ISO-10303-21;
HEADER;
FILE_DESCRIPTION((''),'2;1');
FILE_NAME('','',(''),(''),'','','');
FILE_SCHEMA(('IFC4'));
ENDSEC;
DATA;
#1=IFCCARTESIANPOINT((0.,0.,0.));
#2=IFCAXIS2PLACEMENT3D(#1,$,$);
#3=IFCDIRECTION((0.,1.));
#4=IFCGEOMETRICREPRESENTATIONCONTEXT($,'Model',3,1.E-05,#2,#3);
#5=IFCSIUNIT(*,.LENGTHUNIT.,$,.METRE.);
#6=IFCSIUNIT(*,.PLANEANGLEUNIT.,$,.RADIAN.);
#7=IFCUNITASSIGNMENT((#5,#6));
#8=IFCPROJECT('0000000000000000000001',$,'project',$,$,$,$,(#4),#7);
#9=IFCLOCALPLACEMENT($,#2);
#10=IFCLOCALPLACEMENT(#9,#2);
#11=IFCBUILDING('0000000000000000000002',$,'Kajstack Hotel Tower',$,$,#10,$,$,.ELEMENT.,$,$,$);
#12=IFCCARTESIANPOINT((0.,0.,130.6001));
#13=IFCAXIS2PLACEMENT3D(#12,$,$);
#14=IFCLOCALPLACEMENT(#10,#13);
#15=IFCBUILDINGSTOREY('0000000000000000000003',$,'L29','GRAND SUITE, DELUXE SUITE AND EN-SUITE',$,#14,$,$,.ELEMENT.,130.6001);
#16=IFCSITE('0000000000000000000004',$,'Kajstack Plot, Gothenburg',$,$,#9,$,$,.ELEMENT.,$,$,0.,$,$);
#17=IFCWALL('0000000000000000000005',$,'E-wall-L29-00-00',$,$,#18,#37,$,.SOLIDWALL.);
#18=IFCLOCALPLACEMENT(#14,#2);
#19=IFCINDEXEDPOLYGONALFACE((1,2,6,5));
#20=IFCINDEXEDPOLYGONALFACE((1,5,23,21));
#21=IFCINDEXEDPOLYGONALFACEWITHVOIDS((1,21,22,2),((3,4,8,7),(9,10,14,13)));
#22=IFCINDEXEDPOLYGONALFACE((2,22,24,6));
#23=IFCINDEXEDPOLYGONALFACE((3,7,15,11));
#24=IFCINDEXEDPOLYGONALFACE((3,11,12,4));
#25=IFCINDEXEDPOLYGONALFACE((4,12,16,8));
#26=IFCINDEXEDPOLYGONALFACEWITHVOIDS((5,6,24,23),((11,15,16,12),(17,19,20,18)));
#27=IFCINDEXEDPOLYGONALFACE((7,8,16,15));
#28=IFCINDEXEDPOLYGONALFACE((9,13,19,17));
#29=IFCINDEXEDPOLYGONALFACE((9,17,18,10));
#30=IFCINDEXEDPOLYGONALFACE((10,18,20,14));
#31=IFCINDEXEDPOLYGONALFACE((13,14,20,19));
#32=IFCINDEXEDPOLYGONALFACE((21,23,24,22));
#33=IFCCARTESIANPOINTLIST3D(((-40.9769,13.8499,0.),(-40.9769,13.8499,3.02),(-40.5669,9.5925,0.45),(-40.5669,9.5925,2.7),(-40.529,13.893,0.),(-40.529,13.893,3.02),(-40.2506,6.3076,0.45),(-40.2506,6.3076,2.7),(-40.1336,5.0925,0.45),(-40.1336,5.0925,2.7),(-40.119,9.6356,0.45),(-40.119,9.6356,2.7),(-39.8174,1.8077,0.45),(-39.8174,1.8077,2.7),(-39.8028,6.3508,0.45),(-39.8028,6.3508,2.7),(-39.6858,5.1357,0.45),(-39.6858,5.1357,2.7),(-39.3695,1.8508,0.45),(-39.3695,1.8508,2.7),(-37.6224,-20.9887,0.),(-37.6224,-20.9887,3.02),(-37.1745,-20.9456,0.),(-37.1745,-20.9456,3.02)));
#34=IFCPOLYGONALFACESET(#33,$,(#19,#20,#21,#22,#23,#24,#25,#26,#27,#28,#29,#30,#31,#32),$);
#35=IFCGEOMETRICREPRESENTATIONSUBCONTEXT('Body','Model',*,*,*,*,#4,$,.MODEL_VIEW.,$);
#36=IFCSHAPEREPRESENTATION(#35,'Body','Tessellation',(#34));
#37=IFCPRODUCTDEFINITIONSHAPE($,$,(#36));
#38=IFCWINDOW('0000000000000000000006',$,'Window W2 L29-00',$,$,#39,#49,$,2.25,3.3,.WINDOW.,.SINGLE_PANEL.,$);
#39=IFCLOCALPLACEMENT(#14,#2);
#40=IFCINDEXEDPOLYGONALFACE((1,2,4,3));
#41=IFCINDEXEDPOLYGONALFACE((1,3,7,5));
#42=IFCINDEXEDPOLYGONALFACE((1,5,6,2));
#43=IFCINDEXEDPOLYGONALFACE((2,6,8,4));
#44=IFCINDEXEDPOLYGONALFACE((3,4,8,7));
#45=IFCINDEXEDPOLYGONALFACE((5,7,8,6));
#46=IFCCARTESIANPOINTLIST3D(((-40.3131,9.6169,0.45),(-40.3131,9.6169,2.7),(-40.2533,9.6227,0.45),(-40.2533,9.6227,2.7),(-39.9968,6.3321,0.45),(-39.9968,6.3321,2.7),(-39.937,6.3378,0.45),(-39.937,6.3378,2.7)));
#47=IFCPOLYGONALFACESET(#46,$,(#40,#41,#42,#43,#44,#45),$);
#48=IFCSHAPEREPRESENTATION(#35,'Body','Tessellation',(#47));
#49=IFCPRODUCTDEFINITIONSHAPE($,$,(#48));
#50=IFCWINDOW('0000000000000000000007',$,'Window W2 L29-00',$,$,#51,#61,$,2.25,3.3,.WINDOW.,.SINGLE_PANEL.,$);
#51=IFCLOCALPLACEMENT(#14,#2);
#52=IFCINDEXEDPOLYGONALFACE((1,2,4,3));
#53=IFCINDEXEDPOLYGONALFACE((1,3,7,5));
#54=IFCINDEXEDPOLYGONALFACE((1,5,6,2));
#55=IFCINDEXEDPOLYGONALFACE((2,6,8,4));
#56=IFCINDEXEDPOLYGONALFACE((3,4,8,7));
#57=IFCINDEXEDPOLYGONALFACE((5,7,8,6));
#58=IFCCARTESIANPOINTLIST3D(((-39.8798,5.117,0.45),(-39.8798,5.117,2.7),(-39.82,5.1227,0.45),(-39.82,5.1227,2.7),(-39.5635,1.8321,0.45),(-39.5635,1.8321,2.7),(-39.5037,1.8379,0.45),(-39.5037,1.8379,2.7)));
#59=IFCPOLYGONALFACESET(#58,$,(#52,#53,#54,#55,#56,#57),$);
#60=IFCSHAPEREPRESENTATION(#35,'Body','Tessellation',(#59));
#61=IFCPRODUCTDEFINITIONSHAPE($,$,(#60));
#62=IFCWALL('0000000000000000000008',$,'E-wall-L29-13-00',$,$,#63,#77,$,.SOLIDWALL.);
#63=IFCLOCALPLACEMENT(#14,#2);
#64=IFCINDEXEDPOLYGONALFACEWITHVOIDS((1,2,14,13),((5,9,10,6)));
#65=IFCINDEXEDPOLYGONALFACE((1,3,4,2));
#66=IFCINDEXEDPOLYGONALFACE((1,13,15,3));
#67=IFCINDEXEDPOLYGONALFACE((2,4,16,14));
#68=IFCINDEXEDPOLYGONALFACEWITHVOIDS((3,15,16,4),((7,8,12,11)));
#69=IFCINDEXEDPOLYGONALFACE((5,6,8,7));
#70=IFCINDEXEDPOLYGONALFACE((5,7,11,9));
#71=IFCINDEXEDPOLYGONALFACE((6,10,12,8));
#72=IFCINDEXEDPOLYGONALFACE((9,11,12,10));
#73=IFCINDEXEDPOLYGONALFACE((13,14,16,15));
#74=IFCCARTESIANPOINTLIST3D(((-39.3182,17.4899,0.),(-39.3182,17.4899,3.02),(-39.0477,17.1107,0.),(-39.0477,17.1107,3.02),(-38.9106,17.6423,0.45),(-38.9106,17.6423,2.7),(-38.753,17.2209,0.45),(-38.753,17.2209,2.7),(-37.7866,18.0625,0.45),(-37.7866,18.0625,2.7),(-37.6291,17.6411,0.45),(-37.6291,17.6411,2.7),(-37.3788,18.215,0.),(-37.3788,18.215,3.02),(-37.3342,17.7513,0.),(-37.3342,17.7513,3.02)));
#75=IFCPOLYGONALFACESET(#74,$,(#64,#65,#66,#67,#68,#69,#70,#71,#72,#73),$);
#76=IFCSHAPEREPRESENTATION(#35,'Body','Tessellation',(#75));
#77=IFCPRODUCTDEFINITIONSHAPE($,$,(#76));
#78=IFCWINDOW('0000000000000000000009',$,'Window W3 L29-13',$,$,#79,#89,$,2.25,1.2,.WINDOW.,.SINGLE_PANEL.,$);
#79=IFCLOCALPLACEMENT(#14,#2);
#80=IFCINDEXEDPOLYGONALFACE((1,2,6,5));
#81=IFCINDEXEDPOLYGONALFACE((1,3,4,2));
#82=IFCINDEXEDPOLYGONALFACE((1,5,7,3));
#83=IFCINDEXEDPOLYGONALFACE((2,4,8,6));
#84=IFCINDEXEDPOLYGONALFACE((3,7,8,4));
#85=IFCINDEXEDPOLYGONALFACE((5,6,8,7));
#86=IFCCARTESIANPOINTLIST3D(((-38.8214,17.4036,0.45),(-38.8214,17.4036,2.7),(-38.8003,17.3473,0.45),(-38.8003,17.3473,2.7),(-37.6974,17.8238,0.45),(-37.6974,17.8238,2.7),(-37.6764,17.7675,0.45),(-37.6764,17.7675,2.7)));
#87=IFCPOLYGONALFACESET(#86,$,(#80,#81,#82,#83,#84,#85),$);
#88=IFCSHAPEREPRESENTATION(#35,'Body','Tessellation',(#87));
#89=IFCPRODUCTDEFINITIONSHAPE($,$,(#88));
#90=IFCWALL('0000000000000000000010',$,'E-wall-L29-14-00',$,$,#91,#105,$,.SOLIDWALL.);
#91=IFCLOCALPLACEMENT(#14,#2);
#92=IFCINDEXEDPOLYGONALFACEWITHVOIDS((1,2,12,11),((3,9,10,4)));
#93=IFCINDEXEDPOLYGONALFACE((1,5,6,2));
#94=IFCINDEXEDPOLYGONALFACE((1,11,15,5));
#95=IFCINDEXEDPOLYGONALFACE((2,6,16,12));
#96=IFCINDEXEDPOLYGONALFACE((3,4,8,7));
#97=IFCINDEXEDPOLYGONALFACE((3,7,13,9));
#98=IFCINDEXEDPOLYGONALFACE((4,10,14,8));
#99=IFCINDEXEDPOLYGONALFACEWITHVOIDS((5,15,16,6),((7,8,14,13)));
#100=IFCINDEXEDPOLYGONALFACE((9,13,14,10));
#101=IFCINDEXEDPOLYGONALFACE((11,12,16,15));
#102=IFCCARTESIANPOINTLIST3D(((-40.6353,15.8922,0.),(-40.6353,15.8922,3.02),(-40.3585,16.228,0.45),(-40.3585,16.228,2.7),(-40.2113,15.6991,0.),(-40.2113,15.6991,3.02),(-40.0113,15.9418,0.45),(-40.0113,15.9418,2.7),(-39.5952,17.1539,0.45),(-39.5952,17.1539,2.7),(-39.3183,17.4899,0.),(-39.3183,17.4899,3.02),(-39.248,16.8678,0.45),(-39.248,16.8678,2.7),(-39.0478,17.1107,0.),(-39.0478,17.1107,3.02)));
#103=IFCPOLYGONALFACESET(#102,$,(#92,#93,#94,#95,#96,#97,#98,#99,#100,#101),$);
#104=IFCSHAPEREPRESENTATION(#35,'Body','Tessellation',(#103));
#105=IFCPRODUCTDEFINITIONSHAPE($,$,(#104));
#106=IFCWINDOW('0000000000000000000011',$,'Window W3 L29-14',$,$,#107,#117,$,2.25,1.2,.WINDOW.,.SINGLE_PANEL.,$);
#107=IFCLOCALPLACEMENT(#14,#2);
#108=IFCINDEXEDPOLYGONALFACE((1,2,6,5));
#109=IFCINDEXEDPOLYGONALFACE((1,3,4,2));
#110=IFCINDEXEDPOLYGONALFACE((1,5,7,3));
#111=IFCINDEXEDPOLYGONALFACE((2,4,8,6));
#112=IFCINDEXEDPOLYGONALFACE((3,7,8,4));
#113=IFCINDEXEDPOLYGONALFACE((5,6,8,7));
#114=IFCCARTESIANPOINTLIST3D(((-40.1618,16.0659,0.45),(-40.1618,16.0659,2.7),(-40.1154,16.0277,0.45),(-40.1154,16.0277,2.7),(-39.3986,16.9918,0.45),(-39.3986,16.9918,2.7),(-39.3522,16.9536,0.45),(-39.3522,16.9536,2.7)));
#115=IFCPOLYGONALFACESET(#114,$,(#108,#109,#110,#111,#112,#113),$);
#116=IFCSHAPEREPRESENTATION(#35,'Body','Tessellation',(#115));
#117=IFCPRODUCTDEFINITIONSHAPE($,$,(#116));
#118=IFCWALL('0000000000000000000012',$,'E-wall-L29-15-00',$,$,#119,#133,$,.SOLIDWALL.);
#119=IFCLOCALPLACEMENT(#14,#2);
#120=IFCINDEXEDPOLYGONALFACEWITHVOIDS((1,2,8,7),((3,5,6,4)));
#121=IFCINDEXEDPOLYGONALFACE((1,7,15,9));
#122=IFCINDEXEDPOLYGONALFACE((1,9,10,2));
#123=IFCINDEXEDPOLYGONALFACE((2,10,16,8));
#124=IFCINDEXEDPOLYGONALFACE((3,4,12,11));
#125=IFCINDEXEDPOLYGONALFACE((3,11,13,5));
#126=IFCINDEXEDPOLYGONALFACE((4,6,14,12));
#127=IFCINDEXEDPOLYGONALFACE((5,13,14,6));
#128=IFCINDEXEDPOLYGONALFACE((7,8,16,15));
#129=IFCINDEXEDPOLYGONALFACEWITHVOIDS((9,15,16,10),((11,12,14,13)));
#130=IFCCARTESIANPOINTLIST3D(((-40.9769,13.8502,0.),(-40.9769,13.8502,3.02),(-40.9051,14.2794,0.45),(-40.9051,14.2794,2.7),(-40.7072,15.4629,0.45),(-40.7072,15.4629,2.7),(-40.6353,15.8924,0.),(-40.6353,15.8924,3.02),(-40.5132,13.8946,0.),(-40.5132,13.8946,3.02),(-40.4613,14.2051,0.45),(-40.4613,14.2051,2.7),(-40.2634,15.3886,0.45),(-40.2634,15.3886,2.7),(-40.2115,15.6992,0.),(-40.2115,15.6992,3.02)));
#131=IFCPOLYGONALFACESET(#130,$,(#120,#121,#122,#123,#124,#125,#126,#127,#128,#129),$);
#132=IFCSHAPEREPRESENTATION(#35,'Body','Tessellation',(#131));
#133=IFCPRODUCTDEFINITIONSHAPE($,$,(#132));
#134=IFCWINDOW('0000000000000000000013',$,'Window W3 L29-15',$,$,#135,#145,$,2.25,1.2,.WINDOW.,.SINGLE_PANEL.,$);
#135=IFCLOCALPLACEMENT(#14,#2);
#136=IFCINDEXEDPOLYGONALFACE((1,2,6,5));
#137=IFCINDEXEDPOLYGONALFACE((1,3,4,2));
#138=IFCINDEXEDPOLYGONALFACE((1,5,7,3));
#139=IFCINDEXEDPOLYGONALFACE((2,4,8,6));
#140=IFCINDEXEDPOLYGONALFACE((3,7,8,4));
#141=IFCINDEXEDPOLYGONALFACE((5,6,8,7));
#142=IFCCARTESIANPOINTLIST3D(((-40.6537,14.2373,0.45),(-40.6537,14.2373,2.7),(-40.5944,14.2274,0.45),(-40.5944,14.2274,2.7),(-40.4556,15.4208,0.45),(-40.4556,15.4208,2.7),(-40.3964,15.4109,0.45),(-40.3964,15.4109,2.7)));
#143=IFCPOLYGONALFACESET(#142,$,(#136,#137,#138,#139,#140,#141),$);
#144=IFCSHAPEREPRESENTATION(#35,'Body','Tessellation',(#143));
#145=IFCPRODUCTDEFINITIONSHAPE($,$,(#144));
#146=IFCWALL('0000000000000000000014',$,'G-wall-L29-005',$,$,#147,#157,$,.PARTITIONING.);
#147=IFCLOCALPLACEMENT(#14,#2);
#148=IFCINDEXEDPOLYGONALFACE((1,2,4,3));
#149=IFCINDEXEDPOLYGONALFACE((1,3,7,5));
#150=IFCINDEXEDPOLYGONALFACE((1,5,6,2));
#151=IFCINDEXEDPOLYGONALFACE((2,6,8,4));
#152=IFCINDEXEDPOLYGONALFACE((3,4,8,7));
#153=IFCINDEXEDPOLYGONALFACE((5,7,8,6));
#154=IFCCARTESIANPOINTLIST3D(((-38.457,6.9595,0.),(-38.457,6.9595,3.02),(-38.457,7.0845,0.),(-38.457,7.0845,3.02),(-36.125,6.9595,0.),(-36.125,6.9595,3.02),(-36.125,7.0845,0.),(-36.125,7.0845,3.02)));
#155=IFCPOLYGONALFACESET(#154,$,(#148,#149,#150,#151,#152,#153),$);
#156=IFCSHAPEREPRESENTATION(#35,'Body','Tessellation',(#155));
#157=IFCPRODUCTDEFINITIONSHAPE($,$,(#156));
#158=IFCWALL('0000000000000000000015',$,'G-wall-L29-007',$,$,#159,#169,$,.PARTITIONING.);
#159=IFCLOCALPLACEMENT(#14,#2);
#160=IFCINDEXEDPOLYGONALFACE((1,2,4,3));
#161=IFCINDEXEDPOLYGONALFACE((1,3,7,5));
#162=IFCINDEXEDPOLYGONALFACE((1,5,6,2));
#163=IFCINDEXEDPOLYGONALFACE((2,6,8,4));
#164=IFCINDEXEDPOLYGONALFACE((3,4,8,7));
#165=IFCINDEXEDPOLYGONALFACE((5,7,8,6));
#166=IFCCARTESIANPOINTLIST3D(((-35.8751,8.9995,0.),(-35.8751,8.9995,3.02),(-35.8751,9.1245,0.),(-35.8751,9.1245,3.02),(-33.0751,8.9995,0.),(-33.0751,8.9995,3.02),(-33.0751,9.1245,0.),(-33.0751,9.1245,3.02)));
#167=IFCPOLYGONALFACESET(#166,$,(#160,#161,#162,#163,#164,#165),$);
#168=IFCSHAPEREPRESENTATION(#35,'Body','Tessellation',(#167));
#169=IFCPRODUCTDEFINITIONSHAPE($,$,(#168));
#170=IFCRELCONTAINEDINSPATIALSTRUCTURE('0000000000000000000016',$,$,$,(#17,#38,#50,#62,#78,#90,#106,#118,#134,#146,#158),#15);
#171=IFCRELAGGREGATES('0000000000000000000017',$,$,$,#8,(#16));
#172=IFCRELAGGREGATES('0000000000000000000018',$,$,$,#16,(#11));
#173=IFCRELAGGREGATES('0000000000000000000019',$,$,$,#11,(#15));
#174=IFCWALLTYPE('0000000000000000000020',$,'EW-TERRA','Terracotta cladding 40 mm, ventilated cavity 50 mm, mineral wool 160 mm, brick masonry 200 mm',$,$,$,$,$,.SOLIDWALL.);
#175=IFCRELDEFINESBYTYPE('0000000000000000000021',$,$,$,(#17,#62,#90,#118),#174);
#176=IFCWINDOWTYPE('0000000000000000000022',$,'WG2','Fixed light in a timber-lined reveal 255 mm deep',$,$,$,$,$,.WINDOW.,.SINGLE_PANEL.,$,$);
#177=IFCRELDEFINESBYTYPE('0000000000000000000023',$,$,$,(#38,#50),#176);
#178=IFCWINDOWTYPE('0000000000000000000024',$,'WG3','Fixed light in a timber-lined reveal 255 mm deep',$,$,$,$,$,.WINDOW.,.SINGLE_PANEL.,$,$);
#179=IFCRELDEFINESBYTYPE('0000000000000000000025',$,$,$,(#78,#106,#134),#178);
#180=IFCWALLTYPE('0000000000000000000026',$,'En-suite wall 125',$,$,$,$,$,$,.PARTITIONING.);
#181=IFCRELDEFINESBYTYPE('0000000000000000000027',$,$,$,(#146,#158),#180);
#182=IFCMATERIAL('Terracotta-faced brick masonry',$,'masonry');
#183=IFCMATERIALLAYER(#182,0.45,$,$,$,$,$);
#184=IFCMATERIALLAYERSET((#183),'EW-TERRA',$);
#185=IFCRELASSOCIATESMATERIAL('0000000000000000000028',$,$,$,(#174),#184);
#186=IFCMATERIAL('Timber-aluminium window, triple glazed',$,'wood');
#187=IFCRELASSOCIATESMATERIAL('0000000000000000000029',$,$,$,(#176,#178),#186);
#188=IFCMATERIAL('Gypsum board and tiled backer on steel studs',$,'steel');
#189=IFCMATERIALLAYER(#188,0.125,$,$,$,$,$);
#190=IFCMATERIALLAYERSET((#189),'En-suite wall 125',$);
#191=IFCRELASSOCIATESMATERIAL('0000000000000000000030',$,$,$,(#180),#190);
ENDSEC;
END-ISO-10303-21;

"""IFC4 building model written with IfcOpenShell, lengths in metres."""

from ifc_helpers import new_model, si_unit, direction, frame, frame_2d, origin, place, context, subcontext, project, spatial, polyline, rectangle, outline, extrude, material, layer, layer_set, type_object, element, fill, save


model = new_model("IFC4")

# Units and contexts
model_context = context("Model", 3, precision=1e-05, world=origin(), true_north=direction((0.0, 1.0)))
body_context = subcontext(model_context, "Body", "Model", "MODEL_VIEW")
ifc_project = project(units=[si_unit("LENGTHUNIT", "METRE"), si_unit("PLANEANGLEUNIT", "RADIAN")], contexts=[model_context])

# Site, building, storey
site_placement = place(None, origin())
site = spatial("IfcSite", under=ifc_project, at=site_placement, Name="Kajstack Plot, Gothenburg", CompositionType="ELEMENT", RefElevation=0.0)
building_placement = place(site_placement, origin())
building = spatial("IfcBuilding", under=site, at=building_placement, Name="Kajstack Hotel Tower", CompositionType="ELEMENT")
storey_placement = place(building_placement, frame((0.0, 0.0, 130.6001)))
storey = spatial("IfcBuildingStorey", under=building, at=storey_placement, Name="L29", Description="GRAND SUITE, DELUXE SUITE AND EN-SUITE", CompositionType="ELEMENT", Elevation=130.6001)

# Wall, openings, windows
ifc_material_1 = material(Name="Terracotta-faced brick masonry", Category="masonry")
ifc_layer_1 = layer(ifc_material_1, 0.45)
ifc_layer_set_1 = layer_set([ifc_layer_1], Name="EW-TERRA")
wall_type_1 = type_object("IfcWallType", Name="EW-TERRA", Description="Terracotta cladding 40 mm, ventilated cavity 50 mm, mineral wool 160 mm, brick masonry 200 mm", PredefinedType="SOLIDWALL", material=ifc_layer_set_1)
wall_1_placement = place(storey_placement, frame((-40.7529, 13.8716, 0.0), z_axis=(0.0, 0.0, 1.0), x_axis=(0.095843, -0.995396, 0.0)))
wall_1 = element("IfcWall", 1, at=wall_1_placement, inside=storey, type_object=wall_type_1, Name="E-wall-L29-00-00", PredefinedType="SOLIDWALL", context=body_context, shape_type="SweptSolid", body=[
    extrude(rectangle(XDim=34.9998, YDim=0.45, at=frame_2d((17.5, 0.0))), origin(), (0.0, 0.0, 1.0), 3.02),
])
opening_1_placement = place(wall_1_placement, frame((4.2773, 0.0, 0.45)))
opening_1 = element("IfcOpeningElement", 2, at=opening_1_placement, cuts=wall_1, PredefinedType="OPENING", context=body_context, shape_type="SweptSolid", body=[
    extrude(rectangle(XDim=3.3, YDim=2.25, at=frame_2d((1.6499, 1.125))), frame((0.0, 0.2349, 0.0), z_axis=(0.0, -1.0, 0.0), x_axis=(1.0, 0.0, 0.0)), (0.0, 0.0, 1.0), 0.47),
])
opening_2_placement = place(wall_1_placement, frame((8.7981, 0.0, 0.45)))
opening_2 = element("IfcOpeningElement", 3, at=opening_2_placement, cuts=wall_1, PredefinedType="OPENING", context=body_context, shape_type="SweptSolid", body=[
    extrude(rectangle(XDim=3.3, YDim=2.25, at=frame_2d((1.6499, 1.125))), frame((0.0, 0.2349, 0.0), z_axis=(0.0, -1.0, 0.0), x_axis=(1.0, 0.0, 0.0)), (0.0, 0.0, 1.0), 0.47),
])
ifc_material_2 = material(Name="Timber-aluminium window, triple glazed", Category="wood")
window_type_1 = type_object("IfcWindowType", Name="WG2", Description="Fixed light in a timber-lined reveal 255 mm deep", PartitioningType="SINGLE_PANEL", PredefinedType="WINDOW", material=ifc_material_2)
window_1_placement = place(opening_1_placement, origin())
window_1 = element("IfcWindow", 4, at=window_1_placement, inside=storey, type_object=window_type_1, Name="Window W2 L29-00", OverallHeight=2.25, OverallWidth=3.3, PartitioningType="SINGLE_PANEL", PredefinedType="WINDOW", context=body_context, shape_type="SweptSolid", body=[
    extrude(rectangle(XDim=3.3, YDim=2.25, at=frame_2d((1.6499, 1.125))), frame((0.0, 0.0901, 0.0), z_axis=(0.0, -1.0, 0.0), x_axis=(1.0, 0.0, 0.0)), (0.0, 0.0, 1.0), 0.0601),
])
fill(opening_1, window_1)
window_2_placement = place(opening_2_placement, origin())
window_2 = element("IfcWindow", 5, at=window_2_placement, inside=storey, type_object=window_type_1, Name="Window W2 L29-00", OverallHeight=2.25, OverallWidth=3.3, PartitioningType="SINGLE_PANEL", PredefinedType="WINDOW", context=body_context, shape_type="SweptSolid", body=[
    extrude(rectangle(XDim=3.3, YDim=2.25, at=frame_2d((1.6499, 1.125))), frame((0.0, 0.0901, 0.0), z_axis=(0.0, -1.0, 0.0), x_axis=(1.0, 0.0, 0.0)), (0.0, 0.0, 1.0), 0.0601),
])
fill(opening_2, window_2)

# Walls, openings, windows
wall_2_placement = place(storey_placement, frame((-37.3, 18.0044, 0.0), z_axis=(0.0, 0.0, 1.0), x_axis=(-0.936678, -0.350193, 0.0)))
wall_2 = element("IfcWall", 6, at=wall_2_placement, inside=storey, type_object=wall_type_1, Name="E-wall-L29-13-00", PredefinedType="SOLIDWALL", context=body_context, shape_type="SweptSolid", body=[
    extrude(outline(polyline([(0.0, -0.2249), (2.0706, -0.2249), (1.95, 0.2251), (0.1206, 0.2251), (0.0, -0.2249)])), origin(), (0.0, 0.0, 1.0), 3.02),
])
opening_3_placement = place(wall_2_placement, frame((0.4353, 0.0, 0.45)))
opening_3 = element("IfcOpeningElement", 7, at=opening_3_placement, cuts=wall_2, PredefinedType="OPENING", context=body_context, shape_type="SweptSolid", body=[
    extrude(rectangle(XDim=1.2, YDim=2.25, at=frame_2d((0.6001, 1.125))), frame((0.0, 0.2349, 0.0), z_axis=(0.0, -1.0, 0.0), x_axis=(1.0, 0.0, 0.0)), (0.0, 0.0, 1.0), 0.47),
])
window_type_2 = type_object("IfcWindowType", Name="WG3", Description="Fixed light in a timber-lined reveal 255 mm deep", PartitioningType="SINGLE_PANEL", PredefinedType="WINDOW", material=ifc_material_2)
window_3_placement = place(opening_3_placement, origin())
window_3 = element("IfcWindow", 8, at=window_3_placement, inside=storey, type_object=window_type_2, Name="Window W3 L29-13", OverallHeight=2.25, OverallWidth=1.2, PartitioningType="SINGLE_PANEL", PredefinedType="WINDOW", context=body_context, shape_type="SweptSolid", body=[
    extrude(rectangle(XDim=1.2, YDim=2.25, at=frame_2d((0.6001, 1.125))), frame((0.0, 0.0901, 0.0), z_axis=(0.0, -1.0, 0.0), x_axis=(1.0, 0.0, 0.0)), (0.0, 0.0, 1.0), 0.0601),
])
fill(opening_3, window_3)
wall_3_placement = place(storey_placement, frame((-39.1448, 17.3469, 0.0), z_axis=(0.0, 0.0, 1.0), x_axis=(-0.636046, -0.771651, 0.0)))
wall_3 = element("IfcWall", 9, at=wall_3_placement, inside=storey, type_object=wall_type_1, Name="E-wall-L29-14-00", PredefinedType="SOLIDWALL", context=body_context, shape_type="SweptSolid", body=[
    extrude(outline(polyline([(0.0, -0.2249), (2.0706, -0.2249), (1.95, 0.2251), (0.1206, 0.2251), (0.0, -0.2249)])), origin(), (0.0, 0.0, 1.0), 3.02),
])
opening_4_placement = place(wall_3_placement, frame((0.4353, 0.0, 0.45)))
opening_4 = element("IfcOpeningElement", 10, at=opening_4_placement, cuts=wall_3, PredefinedType="OPENING", context=body_context, shape_type="SweptSolid", body=[
    extrude(rectangle(XDim=1.2, YDim=2.25, at=frame_2d((0.6001, 1.125))), frame((0.0, 0.2349, 0.0), z_axis=(0.0, -1.0, 0.0), x_axis=(1.0, 0.0, 0.0)), (0.0, 0.0, 1.0), 0.47),
])
window_4_placement = place(opening_4_placement, origin())
window_4 = element("IfcWindow", 11, at=window_4_placement, inside=storey, type_object=window_type_2, Name="Window W3 L29-14", OverallHeight=2.25, OverallWidth=1.2, PartitioningType="SINGLE_PANEL", PredefinedType="WINDOW", context=body_context, shape_type="SweptSolid", body=[
    extrude(rectangle(XDim=1.2, YDim=2.25, at=frame_2d((0.6001, 1.125))), frame((0.0, 0.0901, 0.0), z_axis=(0.0, -1.0, 0.0), x_axis=(1.0, 0.0, 0.0)), (0.0, 0.0, 1.0), 0.0601),
])
fill(opening_4, window_4)
wall_4_placement = place(storey_placement, frame((-40.4133, 15.8552, 0.0), z_axis=(0.0, 0.0, 1.0), x_axis=(-0.165068, -0.986282, 0.0)))
wall_4 = element("IfcWall", 12, at=wall_4_placement, inside=storey, type_object=wall_type_1, Name="E-wall-L29-15-00", PredefinedType="SOLIDWALL", context=body_context, shape_type="SweptSolid", body=[
    extrude(outline(polyline([(0.0, -0.2251), (2.0706, -0.2249), (1.9502, 0.2251), (0.1206, 0.2249), (0.0, -0.2251)])), origin(), (0.0, 0.0, 1.0), 3.02),
])
opening_5_placement = place(wall_4_placement, frame((0.4353, 0.0, 0.45)))
opening_5 = element("IfcOpeningElement", 13, at=opening_5_placement, cuts=wall_4, PredefinedType="OPENING", context=body_context, shape_type="SweptSolid", body=[
    extrude(rectangle(XDim=1.2, YDim=2.25, at=frame_2d((0.6001, 1.125))), frame((0.0, 0.2349, 0.0), z_axis=(0.0, -1.0, 0.0), x_axis=(1.0, 0.0, 0.0)), (0.0, 0.0, 1.0), 0.47),
])
window_5_placement = place(opening_5_placement, origin())
window_5 = element("IfcWindow", 14, at=window_5_placement, inside=storey, type_object=window_type_2, Name="Window W3 L29-15", OverallHeight=2.25, OverallWidth=1.2, PartitioningType="SINGLE_PANEL", PredefinedType="WINDOW", context=body_context, shape_type="SweptSolid", body=[
    extrude(rectangle(XDim=1.2, YDim=2.25, at=frame_2d((0.6001, 1.125))), frame((0.0, 0.0901, 0.0), z_axis=(0.0, -1.0, 0.0), x_axis=(1.0, 0.0, 0.0)), (0.0, 0.0, 1.0), 0.0601),
])
fill(opening_5, window_5)

# Walls
ifc_material_3 = material(Name="Gypsum board and tiled backer on steel studs", Category="steel")
ifc_layer_2 = layer(ifc_material_3, 0.125)
ifc_layer_set_2 = layer_set([ifc_layer_2], Name="En-suite wall 125")
wall_type_2 = type_object("IfcWallType", Name="En-suite wall 125", PredefinedType="PARTITIONING", material=ifc_layer_set_2)
wall_5_placement = place(storey_placement, frame((-38.457, 7.022, 0.0), z_axis=(0.0, 0.0, 1.0), x_axis=(1.0, 0.0, 0.0)))
element("IfcWall", 15, at=wall_5_placement, inside=storey, type_object=wall_type_2, Name="G-wall-L29-005", PredefinedType="PARTITIONING", context=body_context, shape_type="SweptSolid", body=[
    extrude(rectangle(XDim=2.332, YDim=0.125, at=frame_2d((1.166, 0.0))), origin(), (0.0, 0.0, 1.0), 3.02),
])
wall_6_placement = place(storey_placement, frame((-35.875, 9.062, 0.0), z_axis=(0.0, 0.0, 1.0), x_axis=(1.0, 0.0, 0.0)))
element("IfcWall", 16, at=wall_6_placement, inside=storey, type_object=wall_type_2, Name="G-wall-L29-007", PredefinedType="PARTITIONING", context=body_context, shape_type="SweptSolid", body=[
    extrude(rectangle(XDim=2.8, YDim=0.125, at=frame_2d((1.3999, 0.0))), origin(), (0.0, 0.0, 1.0), 3.02),
])

save(model, "model.ifc")
